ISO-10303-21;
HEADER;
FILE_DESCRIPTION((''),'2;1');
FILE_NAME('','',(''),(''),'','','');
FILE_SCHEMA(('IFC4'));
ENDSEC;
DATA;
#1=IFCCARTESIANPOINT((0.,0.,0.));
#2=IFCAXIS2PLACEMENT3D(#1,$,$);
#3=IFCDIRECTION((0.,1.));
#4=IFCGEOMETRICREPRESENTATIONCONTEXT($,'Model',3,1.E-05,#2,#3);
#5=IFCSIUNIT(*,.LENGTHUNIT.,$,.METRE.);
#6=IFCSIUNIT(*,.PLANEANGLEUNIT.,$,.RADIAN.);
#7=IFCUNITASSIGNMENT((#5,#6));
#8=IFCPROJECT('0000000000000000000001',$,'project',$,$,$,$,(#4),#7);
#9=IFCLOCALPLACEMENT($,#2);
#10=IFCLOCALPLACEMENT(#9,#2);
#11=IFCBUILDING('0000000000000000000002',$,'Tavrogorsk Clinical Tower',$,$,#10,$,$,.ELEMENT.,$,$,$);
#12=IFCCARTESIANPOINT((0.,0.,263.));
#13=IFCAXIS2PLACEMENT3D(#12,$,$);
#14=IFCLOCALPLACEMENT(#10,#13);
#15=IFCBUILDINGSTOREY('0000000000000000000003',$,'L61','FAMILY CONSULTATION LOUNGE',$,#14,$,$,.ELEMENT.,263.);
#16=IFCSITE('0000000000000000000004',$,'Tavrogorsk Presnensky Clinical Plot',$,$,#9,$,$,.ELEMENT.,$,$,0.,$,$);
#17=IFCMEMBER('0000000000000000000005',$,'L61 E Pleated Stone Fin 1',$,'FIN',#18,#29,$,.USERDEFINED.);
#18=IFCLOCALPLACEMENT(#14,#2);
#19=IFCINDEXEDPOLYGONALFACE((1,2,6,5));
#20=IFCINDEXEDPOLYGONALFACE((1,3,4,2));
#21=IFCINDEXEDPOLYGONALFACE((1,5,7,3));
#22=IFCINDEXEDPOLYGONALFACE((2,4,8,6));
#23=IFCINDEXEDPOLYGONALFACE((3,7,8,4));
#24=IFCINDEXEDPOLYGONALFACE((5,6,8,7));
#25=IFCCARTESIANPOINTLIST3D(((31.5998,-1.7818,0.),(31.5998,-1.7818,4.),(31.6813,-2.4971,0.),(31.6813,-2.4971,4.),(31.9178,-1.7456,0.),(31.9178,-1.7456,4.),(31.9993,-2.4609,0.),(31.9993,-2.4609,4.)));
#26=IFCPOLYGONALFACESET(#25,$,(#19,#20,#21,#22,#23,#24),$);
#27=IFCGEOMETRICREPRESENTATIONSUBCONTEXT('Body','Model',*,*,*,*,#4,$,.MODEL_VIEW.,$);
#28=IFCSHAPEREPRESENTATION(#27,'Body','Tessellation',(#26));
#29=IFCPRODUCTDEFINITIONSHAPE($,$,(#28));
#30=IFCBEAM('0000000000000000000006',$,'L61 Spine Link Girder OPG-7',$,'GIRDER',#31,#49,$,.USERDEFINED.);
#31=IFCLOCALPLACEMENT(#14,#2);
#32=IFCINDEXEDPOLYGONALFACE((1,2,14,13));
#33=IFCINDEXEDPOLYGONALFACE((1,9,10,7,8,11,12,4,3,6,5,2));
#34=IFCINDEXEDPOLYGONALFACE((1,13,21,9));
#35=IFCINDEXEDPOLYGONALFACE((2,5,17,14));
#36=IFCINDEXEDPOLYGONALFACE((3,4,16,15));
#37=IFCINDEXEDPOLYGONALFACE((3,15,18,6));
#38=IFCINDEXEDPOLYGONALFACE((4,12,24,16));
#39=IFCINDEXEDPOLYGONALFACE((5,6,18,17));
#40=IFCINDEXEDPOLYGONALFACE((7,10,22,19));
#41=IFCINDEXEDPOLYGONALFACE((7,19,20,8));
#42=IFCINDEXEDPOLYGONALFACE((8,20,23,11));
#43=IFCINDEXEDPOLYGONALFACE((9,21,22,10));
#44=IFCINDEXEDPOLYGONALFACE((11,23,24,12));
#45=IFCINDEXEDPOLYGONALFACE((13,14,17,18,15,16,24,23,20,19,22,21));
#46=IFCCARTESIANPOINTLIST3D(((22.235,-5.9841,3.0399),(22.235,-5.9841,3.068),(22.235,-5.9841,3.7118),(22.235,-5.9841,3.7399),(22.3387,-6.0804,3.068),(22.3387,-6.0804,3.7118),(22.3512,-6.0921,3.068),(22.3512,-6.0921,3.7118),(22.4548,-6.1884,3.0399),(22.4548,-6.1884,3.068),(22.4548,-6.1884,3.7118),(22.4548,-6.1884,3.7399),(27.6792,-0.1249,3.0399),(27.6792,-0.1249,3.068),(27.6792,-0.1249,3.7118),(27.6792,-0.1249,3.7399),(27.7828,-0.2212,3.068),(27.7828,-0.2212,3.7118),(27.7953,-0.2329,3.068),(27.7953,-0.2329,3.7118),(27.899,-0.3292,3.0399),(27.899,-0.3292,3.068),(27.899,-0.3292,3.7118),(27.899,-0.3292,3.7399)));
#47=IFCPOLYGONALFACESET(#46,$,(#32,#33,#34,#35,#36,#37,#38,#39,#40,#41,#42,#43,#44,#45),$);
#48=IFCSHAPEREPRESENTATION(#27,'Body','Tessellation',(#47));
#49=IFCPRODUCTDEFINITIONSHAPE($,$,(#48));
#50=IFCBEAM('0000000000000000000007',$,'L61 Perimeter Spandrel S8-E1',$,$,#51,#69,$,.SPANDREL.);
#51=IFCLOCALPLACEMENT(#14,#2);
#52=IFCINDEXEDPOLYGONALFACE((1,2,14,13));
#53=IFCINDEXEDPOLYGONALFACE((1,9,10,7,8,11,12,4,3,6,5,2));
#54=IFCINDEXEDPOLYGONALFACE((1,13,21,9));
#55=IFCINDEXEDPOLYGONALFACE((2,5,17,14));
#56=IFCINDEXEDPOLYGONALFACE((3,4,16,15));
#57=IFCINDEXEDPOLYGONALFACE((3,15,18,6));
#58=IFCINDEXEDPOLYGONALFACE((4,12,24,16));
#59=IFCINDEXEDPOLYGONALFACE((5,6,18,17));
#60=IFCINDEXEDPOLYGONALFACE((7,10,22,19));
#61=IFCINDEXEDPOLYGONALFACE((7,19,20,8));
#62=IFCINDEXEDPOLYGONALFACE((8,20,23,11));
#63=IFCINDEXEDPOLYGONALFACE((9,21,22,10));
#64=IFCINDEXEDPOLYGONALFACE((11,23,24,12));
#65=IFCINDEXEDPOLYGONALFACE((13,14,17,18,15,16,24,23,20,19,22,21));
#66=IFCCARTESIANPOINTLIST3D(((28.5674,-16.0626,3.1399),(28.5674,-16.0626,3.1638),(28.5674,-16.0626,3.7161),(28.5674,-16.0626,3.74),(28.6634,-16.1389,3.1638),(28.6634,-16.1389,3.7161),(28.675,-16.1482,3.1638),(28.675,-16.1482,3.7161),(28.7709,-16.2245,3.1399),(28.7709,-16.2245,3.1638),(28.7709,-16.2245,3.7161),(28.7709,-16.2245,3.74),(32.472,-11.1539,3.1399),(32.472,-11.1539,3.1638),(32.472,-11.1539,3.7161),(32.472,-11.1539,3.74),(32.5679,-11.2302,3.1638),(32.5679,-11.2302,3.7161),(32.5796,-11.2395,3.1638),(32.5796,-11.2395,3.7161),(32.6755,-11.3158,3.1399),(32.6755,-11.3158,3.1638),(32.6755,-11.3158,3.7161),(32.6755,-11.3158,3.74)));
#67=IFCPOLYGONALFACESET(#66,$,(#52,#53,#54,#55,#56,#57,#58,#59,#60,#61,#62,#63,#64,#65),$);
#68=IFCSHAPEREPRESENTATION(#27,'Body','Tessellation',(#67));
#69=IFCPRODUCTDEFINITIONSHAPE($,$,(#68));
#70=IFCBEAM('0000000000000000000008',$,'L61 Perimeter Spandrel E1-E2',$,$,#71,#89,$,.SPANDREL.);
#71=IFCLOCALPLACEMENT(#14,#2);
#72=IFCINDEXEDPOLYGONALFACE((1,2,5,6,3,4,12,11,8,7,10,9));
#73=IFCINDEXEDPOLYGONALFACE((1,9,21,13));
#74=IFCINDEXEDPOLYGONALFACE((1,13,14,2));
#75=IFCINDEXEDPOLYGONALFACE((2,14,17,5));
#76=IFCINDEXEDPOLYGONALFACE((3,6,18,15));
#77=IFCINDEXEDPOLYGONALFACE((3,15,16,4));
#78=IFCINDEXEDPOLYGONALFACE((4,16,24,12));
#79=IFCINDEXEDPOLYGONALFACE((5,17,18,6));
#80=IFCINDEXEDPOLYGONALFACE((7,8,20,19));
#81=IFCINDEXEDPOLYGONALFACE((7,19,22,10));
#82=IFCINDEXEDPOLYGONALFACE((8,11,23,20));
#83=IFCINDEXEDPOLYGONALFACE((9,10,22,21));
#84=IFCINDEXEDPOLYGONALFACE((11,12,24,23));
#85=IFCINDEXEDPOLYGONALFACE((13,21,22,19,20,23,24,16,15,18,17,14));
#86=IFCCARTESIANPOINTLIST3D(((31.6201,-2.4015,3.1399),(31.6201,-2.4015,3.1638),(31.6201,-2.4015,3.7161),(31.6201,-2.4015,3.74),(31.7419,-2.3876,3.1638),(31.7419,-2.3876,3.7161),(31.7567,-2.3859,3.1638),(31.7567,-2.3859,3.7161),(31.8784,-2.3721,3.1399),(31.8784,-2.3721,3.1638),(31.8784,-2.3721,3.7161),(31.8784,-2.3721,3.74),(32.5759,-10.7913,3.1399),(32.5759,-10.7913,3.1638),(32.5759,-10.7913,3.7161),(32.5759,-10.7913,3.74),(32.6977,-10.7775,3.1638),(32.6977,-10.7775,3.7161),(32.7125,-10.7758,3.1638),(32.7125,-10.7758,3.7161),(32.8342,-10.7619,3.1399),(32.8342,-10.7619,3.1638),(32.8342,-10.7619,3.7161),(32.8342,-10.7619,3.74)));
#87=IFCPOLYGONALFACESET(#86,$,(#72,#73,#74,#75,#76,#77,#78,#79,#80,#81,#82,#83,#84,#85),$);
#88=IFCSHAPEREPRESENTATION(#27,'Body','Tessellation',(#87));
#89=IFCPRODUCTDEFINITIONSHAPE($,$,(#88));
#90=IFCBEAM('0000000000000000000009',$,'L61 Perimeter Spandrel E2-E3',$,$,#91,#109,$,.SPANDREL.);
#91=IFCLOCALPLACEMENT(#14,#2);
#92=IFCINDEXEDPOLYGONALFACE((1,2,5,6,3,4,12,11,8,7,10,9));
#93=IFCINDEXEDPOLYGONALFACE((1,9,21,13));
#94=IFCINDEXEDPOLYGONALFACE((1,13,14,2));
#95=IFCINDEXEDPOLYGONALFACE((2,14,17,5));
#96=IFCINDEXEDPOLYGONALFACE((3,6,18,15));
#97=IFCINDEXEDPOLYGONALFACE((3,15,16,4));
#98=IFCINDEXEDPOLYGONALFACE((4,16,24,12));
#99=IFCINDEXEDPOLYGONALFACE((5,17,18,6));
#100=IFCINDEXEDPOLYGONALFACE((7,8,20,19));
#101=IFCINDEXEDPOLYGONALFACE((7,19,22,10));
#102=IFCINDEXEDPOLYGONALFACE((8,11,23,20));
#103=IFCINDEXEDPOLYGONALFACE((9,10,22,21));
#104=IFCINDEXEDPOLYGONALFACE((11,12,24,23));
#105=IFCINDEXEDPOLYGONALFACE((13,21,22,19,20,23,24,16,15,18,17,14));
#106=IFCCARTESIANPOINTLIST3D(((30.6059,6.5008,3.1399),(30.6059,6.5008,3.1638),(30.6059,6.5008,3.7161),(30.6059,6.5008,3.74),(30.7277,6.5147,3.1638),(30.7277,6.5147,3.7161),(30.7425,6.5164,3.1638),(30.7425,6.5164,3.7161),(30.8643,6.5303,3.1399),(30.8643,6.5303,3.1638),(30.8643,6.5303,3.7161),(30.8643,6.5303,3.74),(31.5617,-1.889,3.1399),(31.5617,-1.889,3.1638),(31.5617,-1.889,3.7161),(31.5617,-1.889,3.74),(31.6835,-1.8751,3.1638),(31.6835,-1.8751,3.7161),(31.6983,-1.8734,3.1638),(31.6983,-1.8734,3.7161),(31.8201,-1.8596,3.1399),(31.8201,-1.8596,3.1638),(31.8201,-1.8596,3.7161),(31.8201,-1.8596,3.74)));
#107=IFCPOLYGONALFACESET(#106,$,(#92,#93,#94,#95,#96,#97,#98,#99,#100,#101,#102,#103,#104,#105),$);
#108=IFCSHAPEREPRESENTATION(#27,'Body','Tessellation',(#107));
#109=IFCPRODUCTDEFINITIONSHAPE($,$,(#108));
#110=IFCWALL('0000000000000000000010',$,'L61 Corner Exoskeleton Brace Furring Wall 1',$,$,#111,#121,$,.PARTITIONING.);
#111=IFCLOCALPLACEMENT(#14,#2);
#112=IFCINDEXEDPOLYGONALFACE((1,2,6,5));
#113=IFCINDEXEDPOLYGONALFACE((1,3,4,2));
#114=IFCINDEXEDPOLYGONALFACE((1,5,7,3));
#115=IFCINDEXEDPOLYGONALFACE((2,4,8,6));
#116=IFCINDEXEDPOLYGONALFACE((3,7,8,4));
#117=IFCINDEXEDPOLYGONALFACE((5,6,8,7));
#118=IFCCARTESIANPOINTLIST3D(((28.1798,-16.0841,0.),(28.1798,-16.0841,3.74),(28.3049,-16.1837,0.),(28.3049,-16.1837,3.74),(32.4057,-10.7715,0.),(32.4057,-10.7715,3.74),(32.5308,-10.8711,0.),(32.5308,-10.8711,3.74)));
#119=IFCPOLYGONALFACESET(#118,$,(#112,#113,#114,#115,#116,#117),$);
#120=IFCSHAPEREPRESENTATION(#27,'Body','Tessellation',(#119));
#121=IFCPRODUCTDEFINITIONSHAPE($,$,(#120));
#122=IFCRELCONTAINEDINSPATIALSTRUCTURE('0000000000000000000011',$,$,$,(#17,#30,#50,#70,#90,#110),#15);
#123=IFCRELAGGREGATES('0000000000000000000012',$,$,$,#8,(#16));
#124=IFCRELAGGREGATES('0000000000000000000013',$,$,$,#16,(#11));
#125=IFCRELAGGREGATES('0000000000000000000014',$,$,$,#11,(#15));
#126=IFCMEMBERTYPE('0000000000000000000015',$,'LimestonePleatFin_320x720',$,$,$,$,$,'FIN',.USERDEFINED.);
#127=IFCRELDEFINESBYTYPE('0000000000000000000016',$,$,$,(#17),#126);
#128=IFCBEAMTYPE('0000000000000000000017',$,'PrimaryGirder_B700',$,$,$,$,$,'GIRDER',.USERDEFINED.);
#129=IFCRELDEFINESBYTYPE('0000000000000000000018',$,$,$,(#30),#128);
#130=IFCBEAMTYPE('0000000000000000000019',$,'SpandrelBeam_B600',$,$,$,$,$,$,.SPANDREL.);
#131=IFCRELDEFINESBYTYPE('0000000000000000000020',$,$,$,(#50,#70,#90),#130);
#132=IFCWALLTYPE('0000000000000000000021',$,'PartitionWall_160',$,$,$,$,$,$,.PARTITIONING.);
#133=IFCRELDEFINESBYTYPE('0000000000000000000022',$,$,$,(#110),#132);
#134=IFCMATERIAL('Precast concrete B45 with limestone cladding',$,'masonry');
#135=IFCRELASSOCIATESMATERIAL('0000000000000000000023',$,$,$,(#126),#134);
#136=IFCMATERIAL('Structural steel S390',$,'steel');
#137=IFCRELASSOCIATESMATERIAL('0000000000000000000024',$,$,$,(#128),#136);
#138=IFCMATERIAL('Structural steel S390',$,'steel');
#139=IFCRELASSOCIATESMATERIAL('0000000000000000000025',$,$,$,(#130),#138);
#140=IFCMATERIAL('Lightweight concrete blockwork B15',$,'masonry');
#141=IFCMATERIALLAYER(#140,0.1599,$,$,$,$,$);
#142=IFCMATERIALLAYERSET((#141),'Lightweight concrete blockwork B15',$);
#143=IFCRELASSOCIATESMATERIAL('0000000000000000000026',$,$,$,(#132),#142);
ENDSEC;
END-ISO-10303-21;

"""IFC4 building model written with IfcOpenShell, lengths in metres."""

from ifc_helpers import new_model, si_unit, direction, frame, frame_2d, origin, origin_2d, place, context, subcontext, project, spatial, rectangle, i_section, extrude, material, layer, layer_set, material_profile, profile_set, type_object, element, save


model = new_model("IFC4")

# Units and contexts
model_context = context("Model", 3, precision=1e-05, world=origin(), true_north=direction((0.0, 1.0)))
body_context = subcontext(model_context, "Body", "Model", "MODEL_VIEW")
ifc_project = project(units=[si_unit("LENGTHUNIT", "METRE"), si_unit("PLANEANGLEUNIT", "RADIAN")], contexts=[model_context])

# Site, building, storey
site_placement = place(None, origin())
site = spatial("IfcSite", under=ifc_project, at=site_placement, Name="Tavrogorsk Presnensky Clinical Plot", CompositionType="ELEMENT", RefElevation=0.0)
building_placement = place(site_placement, origin())
building = spatial("IfcBuilding", under=site, at=building_placement, Name="Tavrogorsk Clinical Tower", CompositionType="ELEMENT")
storey_placement = place(building_placement, frame((0.0, 0.0, 263.0)))
storey = spatial("IfcBuildingStorey", under=building, at=storey_placement, Name="L61", Description="FAMILY CONSULTATION LOUNGE", CompositionType="ELEMENT", Elevation=263.0)

# Member
ifc_material_1 = material(Name="Precast concrete B45 with limestone cladding", Category="masonry")
ifc_material_profile_1 = material_profile(ifc_material_1, rectangle(XDim=0.3201, YDim=0.72, at=origin_2d()), Name="LIMESTONE-FIN-320x720")
ifc_profile_set_1 = profile_set([ifc_material_profile_1], Name="Precast concrete B45 with limestone cladding")
member_type_1 = type_object("IfcMemberType", Name="LimestonePleatFin_320x720", ElementType="FIN", PredefinedType="USERDEFINED", material=ifc_profile_set_1)
member_1_placement = place(storey_placement, frame((31.7996, -2.1213, 0.0), z_axis=(0.0, 0.0, 1.0), x_axis=(0.993572, 0.113203, 0.0)))
element("IfcMember", 1, at=member_1_placement, inside=storey, type_object=member_type_1, Name="L61 E Pleated Stone Fin 1", ObjectType="FIN", PredefinedType="USERDEFINED", context=body_context, shape_type="SweptSolid", body=[
    extrude(rectangle(XDim=0.3201, YDim=0.72, at=origin_2d()), origin(), (0.0, 0.0, 1.0), 4.0),
])

# Beams
ifc_material_2 = material(Name="Structural steel S390", Category="steel")
ifc_material_profile_2 = material_profile(ifc_material_2, i_section(OverallWidth=0.3, OverallDepth=0.7, WebThickness=0.0171, FlangeThickness=0.0281, at=origin_2d()), Name="B-700x300x17x28")
ifc_profile_set_2 = profile_set([ifc_material_profile_2], Name="Structural steel S390")
beam_type_1 = type_object("IfcBeamType", Name="PrimaryGirder_B700", ElementType="GIRDER", PredefinedType="USERDEFINED", material=ifc_profile_set_2)
beam_1_placement = place(storey_placement, frame((27.7891, -0.2271, 3.3899), z_axis=(-0.680684, -0.732577, 0.0), x_axis=(0.732577, -0.680684, 0.0)))
element("IfcBeam", 2, at=beam_1_placement, inside=storey, type_object=beam_type_1, Name="L61 Spine Link Girder OPG-7", ObjectType="GIRDER", PredefinedType="USERDEFINED", context=body_context, shape_type="SweptSolid", body=[
    extrude(i_section(OverallWidth=0.3, OverallDepth=0.7, WebThickness=0.0171, FlangeThickness=0.0281, at=origin_2d()), origin(), (0.0, 0.0, 1.0), 7.998),
])
ifc_material_3 = material(Name="Structural steel S390", Category="steel")
ifc_material_profile_3 = material_profile(ifc_material_3, i_section(OverallWidth=0.26, OverallDepth=0.6001, WebThickness=0.0149, FlangeThickness=0.0239, at=origin_2d()), Name="B-600x260x15x24")
ifc_profile_set_3 = profile_set([ifc_material_profile_3], Name="Structural steel S390")
beam_type_2 = type_object("IfcBeamType", Name="SpandrelBeam_B600", PredefinedType="SPANDREL", material=ifc_profile_set_3)
beam_2_placement = place(storey_placement, frame((28.6692, -16.1436, 3.4399), z_axis=(0.622514, 0.782609, 0.0), x_axis=(-0.782609, 0.622514, 0.0)))
element("IfcBeam", 3, at=beam_2_placement, inside=storey, type_object=beam_type_2, Name="L61 Perimeter Spandrel S8-E1", PredefinedType="SPANDREL", context=body_context, shape_type="SweptSolid", body=[
    extrude(i_section(OverallWidth=0.26, OverallDepth=0.6001, WebThickness=0.0149, FlangeThickness=0.0239, at=origin_2d()), origin(), (0.0, 0.0, 1.0), 6.2722),
])
for number, where, z_axis, x_axis, name in (
    (4, (32.7051, -10.7766, 3.4399), (-0.113192, 0.993573, 0.0), (-0.993573, -0.113192, 0.0), "L61 Perimeter Spandrel E1-E2"),
    (5, (31.6909, -1.8743, 3.4399), (-0.113192, 0.993573, 0.0), (-0.993573, -0.113192, 0.0), "L61 Perimeter Spandrel E2-E3"),
):
    element("IfcBeam", number, at=place(storey_placement, frame(where, z_axis=z_axis, x_axis=x_axis)), inside=storey, type_object=beam_type_2, Name=name, PredefinedType="SPANDREL", context=body_context, shape_type="SweptSolid", body=[
        extrude(i_section(OverallWidth=0.26, OverallDepth=0.6001, WebThickness=0.0149, FlangeThickness=0.0239, at=origin_2d()), origin(), (0.0, 0.0, 1.0), 8.4441),
    ])

# Wall
ifc_material_4 = material(Name="Lightweight concrete blockwork B15", Category="masonry")
ifc_layer_1 = layer(ifc_material_4, 0.1599)
ifc_layer_set_1 = layer_set([ifc_layer_1], Name="Lightweight concrete blockwork B15")
wall_type_1 = type_object("IfcWallType", Name="PartitionWall_160", PredefinedType="PARTITIONING", material=ifc_layer_set_1)
wall_1_placement = place(storey_placement, frame((28.2424, -16.1338, 0.0), z_axis=(0.0, 0.0, 1.0), x_axis=(0.622522, 0.782603, 0.0)))
element("IfcWall", 6, at=wall_1_placement, inside=storey, type_object=wall_type_1, Name="L61 Corner Exoskeleton Brace Furring Wall 1", PredefinedType="PARTITIONING", context=body_context, shape_type="SweptSolid", body=[
    extrude(rectangle(XDim=6.7883, YDim=0.1599, at=frame_2d((3.394, 0.0))), origin(), (0.0, 0.0, 1.0), 3.74),
])

save(model, "model.ifc")
